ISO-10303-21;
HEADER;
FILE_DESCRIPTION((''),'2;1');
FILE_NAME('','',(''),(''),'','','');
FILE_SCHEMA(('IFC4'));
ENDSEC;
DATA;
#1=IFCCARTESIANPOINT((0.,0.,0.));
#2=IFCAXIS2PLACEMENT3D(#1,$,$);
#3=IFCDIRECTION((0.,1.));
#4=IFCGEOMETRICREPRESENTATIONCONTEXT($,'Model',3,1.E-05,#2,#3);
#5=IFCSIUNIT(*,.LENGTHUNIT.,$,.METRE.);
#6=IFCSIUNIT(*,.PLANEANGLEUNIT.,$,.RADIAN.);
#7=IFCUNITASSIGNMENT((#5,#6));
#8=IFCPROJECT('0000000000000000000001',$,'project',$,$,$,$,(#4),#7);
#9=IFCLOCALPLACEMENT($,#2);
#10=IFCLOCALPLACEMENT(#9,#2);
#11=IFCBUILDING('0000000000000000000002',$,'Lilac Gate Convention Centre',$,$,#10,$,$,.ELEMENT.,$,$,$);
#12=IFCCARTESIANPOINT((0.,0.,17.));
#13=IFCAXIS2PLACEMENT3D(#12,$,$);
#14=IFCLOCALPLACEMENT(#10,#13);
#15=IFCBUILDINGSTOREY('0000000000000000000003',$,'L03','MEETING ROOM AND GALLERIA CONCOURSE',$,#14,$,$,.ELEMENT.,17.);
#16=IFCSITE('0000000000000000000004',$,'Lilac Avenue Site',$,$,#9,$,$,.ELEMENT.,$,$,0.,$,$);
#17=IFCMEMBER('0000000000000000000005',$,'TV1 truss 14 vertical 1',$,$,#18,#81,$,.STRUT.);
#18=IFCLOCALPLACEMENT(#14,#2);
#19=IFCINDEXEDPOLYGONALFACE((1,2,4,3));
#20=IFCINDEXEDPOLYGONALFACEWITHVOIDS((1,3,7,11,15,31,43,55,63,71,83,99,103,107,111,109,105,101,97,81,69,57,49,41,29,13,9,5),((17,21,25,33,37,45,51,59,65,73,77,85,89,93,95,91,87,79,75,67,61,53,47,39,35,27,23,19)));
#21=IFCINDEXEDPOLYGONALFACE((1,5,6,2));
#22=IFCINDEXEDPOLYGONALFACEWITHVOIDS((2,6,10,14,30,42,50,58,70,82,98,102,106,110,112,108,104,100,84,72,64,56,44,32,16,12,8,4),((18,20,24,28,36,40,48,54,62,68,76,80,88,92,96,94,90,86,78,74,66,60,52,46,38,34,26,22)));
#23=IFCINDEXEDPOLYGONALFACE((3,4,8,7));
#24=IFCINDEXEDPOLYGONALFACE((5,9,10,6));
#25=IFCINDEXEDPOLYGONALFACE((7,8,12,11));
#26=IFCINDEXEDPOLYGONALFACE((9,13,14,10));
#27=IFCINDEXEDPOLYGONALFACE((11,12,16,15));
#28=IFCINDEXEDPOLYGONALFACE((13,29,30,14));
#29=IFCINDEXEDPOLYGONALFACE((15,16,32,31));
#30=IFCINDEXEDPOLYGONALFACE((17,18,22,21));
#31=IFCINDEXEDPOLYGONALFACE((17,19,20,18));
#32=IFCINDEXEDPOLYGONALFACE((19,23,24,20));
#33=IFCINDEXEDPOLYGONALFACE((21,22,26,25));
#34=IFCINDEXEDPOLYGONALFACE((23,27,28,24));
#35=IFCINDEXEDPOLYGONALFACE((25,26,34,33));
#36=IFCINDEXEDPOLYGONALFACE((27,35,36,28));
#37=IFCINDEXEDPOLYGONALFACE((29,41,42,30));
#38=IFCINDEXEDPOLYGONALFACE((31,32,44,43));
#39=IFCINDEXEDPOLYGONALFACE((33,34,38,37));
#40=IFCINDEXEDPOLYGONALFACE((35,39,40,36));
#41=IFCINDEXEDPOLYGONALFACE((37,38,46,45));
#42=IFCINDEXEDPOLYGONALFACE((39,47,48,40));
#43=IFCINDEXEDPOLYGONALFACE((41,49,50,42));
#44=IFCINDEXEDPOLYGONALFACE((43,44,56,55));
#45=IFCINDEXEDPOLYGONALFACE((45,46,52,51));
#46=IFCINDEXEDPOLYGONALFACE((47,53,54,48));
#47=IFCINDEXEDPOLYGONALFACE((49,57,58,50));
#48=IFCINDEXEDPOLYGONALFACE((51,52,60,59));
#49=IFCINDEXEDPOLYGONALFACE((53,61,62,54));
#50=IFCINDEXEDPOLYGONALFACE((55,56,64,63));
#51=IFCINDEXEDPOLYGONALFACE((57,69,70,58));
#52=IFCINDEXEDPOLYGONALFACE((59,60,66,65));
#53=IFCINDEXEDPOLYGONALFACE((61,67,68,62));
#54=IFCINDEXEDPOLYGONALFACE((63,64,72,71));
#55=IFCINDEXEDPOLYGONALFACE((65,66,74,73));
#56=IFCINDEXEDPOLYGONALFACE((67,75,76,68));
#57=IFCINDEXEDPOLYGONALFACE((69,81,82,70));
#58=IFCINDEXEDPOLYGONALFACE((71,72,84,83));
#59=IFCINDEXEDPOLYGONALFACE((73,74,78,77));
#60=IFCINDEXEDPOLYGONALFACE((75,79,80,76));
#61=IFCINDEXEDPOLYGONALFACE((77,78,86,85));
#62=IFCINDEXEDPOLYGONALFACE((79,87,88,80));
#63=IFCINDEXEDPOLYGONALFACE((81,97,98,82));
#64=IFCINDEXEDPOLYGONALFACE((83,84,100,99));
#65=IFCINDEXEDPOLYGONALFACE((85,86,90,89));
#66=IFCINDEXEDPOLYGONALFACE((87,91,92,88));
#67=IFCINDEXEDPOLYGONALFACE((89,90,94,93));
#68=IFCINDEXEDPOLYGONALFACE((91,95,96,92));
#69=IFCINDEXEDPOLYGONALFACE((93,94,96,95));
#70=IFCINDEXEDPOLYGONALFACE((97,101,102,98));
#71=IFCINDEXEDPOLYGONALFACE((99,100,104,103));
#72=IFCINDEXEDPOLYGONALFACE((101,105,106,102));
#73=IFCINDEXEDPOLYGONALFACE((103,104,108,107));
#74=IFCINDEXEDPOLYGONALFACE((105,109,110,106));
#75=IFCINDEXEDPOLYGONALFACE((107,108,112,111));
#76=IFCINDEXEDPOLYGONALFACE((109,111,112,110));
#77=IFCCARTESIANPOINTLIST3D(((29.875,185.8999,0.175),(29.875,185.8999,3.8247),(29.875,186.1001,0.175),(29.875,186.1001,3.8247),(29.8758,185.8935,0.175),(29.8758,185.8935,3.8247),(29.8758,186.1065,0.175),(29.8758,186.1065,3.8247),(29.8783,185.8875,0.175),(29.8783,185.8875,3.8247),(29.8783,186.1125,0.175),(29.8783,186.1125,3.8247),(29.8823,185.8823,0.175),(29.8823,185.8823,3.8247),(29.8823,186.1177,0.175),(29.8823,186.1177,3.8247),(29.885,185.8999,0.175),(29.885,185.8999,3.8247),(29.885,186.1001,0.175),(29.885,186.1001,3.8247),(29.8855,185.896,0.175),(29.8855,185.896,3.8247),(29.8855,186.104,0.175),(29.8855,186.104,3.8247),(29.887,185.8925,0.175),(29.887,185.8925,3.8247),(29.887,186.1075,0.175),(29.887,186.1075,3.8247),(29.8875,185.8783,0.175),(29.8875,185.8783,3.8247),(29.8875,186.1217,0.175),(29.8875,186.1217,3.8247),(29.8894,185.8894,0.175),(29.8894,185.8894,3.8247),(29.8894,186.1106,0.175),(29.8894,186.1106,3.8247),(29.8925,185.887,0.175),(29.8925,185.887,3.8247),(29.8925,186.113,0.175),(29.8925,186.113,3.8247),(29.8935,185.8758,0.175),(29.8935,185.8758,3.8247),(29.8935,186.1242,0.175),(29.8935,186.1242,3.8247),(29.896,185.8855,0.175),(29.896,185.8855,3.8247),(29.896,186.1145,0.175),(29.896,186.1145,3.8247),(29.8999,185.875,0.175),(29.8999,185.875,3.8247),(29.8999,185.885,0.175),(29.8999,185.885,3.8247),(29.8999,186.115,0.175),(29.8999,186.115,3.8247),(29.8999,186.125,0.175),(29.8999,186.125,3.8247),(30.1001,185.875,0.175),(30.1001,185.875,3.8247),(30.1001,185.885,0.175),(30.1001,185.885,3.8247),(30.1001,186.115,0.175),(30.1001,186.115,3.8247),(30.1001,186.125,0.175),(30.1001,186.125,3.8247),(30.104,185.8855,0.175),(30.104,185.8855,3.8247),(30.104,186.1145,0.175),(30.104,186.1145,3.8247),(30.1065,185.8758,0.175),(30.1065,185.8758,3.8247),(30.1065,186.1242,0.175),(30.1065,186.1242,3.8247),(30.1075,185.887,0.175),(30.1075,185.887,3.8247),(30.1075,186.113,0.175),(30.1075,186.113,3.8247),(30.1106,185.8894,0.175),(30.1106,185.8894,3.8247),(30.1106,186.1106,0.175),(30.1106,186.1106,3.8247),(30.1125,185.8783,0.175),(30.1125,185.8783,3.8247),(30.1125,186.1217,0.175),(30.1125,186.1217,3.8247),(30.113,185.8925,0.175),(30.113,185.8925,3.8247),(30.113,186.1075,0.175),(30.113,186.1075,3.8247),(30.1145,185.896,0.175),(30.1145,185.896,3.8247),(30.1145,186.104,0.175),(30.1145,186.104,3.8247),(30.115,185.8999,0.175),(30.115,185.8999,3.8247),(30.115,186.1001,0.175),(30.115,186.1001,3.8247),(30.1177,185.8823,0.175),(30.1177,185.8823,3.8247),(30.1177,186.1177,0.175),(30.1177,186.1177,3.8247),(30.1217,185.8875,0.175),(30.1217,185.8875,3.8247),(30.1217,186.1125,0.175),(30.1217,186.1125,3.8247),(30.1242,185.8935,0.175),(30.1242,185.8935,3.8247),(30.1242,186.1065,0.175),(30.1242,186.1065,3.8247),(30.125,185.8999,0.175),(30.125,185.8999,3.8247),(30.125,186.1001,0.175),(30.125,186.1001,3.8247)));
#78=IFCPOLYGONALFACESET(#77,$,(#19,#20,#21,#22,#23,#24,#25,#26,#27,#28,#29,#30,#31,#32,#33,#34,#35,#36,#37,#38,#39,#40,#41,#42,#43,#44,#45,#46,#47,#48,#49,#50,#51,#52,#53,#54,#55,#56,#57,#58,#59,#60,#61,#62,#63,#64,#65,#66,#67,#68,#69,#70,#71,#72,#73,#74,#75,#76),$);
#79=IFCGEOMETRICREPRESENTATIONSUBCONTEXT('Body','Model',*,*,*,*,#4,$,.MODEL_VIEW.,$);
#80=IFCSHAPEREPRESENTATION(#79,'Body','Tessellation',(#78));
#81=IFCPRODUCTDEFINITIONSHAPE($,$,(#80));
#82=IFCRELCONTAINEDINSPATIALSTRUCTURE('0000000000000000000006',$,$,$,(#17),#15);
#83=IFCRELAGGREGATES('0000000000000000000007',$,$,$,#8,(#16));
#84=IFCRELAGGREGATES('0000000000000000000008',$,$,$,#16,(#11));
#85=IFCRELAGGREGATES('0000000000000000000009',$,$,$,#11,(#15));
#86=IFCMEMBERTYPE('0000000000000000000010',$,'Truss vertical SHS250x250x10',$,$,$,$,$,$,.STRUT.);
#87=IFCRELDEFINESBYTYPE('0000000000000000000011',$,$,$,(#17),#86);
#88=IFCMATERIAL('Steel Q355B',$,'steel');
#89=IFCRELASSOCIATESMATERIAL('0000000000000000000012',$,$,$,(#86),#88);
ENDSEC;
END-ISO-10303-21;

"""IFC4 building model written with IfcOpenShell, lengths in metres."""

from ifc_helpers import new_model, si_unit, direction, frame, origin, origin_2d, place, context, subcontext, project, spatial, hollow_rectangle, extrude, material, material_profile, profile_set, type_object, element, save


model = new_model("IFC4")

# Units and contexts
model_context = context("Model", 3, precision=1e-05, world=origin(), true_north=direction((0.0, 1.0)))
body_context = subcontext(model_context, "Body", "Model", "MODEL_VIEW")
ifc_project = project(units=[si_unit("LENGTHUNIT", "METRE"), si_unit("PLANEANGLEUNIT", "RADIAN")], contexts=[model_context])

# Site, building, storey
site_placement = place(None, origin())
site = spatial("IfcSite", under=ifc_project, at=site_placement, Name="Lilac Avenue Site", CompositionType="ELEMENT", RefElevation=0.0)
building_placement = place(site_placement, origin())
building = spatial("IfcBuilding", under=site, at=building_placement, Name="Lilac Gate Convention Centre", CompositionType="ELEMENT")
storey_placement = place(building_placement, frame((0.0, 0.0, 17.0)))
storey = spatial("IfcBuildingStorey", under=building, at=storey_placement, Name="L03", Description="MEETING ROOM AND GALLERIA CONCOURSE", CompositionType="ELEMENT", Elevation=17.0)

# Shared definitions
ifc_material_1 = material(Name="Steel Q355B", Category="steel")

# Member
ifc_material_profile_1 = material_profile(ifc_material_1, hollow_rectangle(XDim=0.25, YDim=0.25, WallThickness=0.01, InnerFilletRadius=0.0149, OuterFilletRadius=0.0249, at=origin_2d()), Name="SHS250x250x10")
ifc_profile_set_1 = profile_set([ifc_material_profile_1], Name="Steel Q355B")
member_type_1 = type_object("IfcMemberType", Name="Truss vertical SHS250x250x10", PredefinedType="STRUT", material=ifc_profile_set_1)
for number, where, z_axis, x_axis, name in (
    (1, (30.0, 186.0, 0.175), (0.0, 0.0, 1.0), (1.0, 0.0, 0.0), "TV1 truss 14 vertical 1"),
):
    element("IfcMember", number, at=place(storey_placement, frame(where, z_axis=z_axis, x_axis=x_axis)), inside=storey, type_object=member_type_1, Name=name, PredefinedType="STRUT", context=body_context, shape_type="SweptSolid", body=[
        extrude(hollow_rectangle(XDim=0.25, YDim=0.25, WallThickness=0.01, InnerFilletRadius=0.0149, OuterFilletRadius=0.0249, at=origin_2d()), origin(), (0.0, 0.0, 1.0), 3.6497),
    ])

save(model, "model.ifc")
